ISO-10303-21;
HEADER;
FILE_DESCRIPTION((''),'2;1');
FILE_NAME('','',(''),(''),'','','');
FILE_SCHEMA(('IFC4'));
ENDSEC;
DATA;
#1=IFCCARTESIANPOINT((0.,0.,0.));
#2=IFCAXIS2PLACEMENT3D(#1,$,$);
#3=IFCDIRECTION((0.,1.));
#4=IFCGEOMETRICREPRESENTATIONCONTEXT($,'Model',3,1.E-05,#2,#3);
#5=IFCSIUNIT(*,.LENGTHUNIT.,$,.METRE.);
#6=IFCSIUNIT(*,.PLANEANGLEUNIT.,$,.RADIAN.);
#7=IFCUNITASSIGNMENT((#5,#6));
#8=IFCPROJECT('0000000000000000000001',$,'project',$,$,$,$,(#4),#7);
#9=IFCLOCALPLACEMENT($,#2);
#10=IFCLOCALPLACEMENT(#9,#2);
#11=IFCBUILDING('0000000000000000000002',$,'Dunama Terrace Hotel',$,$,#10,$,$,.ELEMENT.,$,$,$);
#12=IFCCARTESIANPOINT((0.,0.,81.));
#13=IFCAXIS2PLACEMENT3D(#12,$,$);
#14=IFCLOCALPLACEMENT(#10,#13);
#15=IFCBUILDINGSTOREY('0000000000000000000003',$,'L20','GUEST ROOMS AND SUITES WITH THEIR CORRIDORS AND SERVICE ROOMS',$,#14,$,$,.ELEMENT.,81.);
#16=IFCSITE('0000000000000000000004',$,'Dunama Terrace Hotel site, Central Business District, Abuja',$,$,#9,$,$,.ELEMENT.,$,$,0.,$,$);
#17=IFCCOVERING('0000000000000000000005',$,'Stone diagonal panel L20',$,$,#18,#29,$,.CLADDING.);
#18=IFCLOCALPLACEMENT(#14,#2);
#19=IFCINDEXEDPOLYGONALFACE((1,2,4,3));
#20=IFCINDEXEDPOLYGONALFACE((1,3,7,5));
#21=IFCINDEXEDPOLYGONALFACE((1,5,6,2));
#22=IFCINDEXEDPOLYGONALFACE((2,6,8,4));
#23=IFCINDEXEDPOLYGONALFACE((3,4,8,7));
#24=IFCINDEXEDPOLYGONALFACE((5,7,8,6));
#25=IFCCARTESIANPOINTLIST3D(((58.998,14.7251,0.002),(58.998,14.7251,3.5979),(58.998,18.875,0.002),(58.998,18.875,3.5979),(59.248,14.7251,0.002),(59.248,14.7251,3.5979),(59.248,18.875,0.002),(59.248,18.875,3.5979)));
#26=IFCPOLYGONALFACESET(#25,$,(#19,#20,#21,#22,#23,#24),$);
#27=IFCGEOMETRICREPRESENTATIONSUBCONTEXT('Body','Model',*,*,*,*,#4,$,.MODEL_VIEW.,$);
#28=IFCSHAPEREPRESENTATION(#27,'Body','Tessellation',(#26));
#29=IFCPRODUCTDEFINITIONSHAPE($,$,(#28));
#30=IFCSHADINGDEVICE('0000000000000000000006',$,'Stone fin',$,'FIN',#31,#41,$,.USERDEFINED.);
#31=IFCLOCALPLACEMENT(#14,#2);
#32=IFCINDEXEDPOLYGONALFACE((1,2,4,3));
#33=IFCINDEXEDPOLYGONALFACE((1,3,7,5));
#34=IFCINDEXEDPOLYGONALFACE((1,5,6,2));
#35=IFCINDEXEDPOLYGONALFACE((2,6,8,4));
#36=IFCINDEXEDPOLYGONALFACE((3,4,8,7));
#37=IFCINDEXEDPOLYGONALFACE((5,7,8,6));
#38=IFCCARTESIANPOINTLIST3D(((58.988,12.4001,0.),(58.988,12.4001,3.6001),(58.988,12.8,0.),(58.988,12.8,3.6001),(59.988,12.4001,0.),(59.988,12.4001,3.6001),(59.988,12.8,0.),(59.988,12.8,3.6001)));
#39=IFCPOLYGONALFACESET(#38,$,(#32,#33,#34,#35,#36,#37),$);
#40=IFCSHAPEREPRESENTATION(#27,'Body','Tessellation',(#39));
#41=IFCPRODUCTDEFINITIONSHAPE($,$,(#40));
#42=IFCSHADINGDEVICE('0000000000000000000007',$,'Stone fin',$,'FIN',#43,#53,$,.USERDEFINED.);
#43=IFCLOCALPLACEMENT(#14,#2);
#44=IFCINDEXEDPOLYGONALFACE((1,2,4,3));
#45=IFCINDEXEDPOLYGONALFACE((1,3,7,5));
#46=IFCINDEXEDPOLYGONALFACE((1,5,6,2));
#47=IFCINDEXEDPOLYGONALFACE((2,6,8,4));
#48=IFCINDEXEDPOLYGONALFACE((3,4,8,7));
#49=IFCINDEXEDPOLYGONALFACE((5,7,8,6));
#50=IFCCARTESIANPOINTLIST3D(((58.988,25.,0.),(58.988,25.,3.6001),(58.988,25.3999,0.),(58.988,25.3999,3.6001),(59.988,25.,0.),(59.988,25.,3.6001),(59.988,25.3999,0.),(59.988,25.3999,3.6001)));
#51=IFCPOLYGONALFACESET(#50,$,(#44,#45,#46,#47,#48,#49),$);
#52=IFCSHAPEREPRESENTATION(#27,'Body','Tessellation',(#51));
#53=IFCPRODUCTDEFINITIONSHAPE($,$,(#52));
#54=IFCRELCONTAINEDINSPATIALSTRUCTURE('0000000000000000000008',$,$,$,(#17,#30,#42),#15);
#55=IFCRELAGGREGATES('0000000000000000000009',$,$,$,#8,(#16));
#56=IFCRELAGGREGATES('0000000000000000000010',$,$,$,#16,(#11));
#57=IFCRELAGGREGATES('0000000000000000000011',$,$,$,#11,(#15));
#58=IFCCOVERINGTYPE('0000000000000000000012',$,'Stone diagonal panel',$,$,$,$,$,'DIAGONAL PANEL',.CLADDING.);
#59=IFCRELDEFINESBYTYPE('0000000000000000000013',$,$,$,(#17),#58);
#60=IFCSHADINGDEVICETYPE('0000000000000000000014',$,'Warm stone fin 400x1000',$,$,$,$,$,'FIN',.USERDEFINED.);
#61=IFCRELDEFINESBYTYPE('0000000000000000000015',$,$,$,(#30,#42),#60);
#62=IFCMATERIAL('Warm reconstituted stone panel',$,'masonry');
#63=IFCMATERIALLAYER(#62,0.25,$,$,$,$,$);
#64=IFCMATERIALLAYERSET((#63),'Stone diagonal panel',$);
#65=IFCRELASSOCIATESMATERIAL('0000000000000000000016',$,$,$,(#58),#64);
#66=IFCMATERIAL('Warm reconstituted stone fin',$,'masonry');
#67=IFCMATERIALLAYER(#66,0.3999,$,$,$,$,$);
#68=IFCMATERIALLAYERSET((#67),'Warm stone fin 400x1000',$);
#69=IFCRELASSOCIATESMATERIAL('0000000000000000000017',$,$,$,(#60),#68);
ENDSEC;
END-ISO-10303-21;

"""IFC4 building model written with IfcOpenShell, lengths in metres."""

from ifc_helpers import new_model, si_unit, direction, frame, origin, origin_2d, place, context, subcontext, project, spatial, rectangle, extrude, material, layer, layer_set, type_object, element, save


model = new_model("IFC4")

# Units and contexts
model_context = context("Model", 3, precision=1e-05, world=origin(), true_north=direction((0.0, 1.0)))
body_context = subcontext(model_context, "Body", "Model", "MODEL_VIEW")
ifc_project = project(units=[si_unit("LENGTHUNIT", "METRE"), si_unit("PLANEANGLEUNIT", "RADIAN")], contexts=[model_context])

# Site, building, storey
site_placement = place(None, origin())
site = spatial("IfcSite", under=ifc_project, at=site_placement, Name="Dunama Terrace Hotel site, Central Business District, Abuja", CompositionType="ELEMENT", RefElevation=0.0)
building_placement = place(site_placement, origin())
building = spatial("IfcBuilding", under=site, at=building_placement, Name="Dunama Terrace Hotel", CompositionType="ELEMENT")
storey_placement = place(building_placement, frame((0.0, 0.0, 81.0)))
storey = spatial("IfcBuildingStorey", under=building, at=storey_placement, Name="L20", Description="GUEST ROOMS AND SUITES WITH THEIR CORRIDORS AND SERVICE ROOMS", CompositionType="ELEMENT", Elevation=81.0)

# Covering
ifc_material_1 = material(Name="Warm reconstituted stone panel", Category="masonry")
ifc_layer_1 = layer(ifc_material_1, 0.25)
ifc_layer_set_1 = layer_set([ifc_layer_1], Name="Stone diagonal panel")
covering_type = type_object("IfcCoveringType", Name="Stone diagonal panel", ElementType="DIAGONAL PANEL", PredefinedType="CLADDING", material=ifc_layer_set_1)
covering_placement = place(storey_placement, frame((59.123, 16.8, 0.002), z_axis=(0.0, 0.0, 1.0), x_axis=(0.0, 1.0, 0.0)))
element("IfcCovering", 1, at=covering_placement, inside=storey, type_object=covering_type, Name="Stone diagonal panel L20", PredefinedType="CLADDING", context=body_context, shape_type="SweptSolid", body=[
    extrude(rectangle(XDim=4.1499, YDim=0.25, at=origin_2d()), origin(), (0.0, 0.0, 1.0), 3.5959),
])

# Shading devices
ifc_material_2 = material(Name="Warm reconstituted stone fin", Category="masonry")
ifc_layer_2 = layer(ifc_material_2, 0.3999)
ifc_layer_set_2 = layer_set([ifc_layer_2], Name="Warm stone fin 400x1000")
shading_device_type = type_object("IfcShadingDeviceType", Name="Warm stone fin 400x1000", ElementType="FIN", PredefinedType="USERDEFINED", material=ifc_layer_set_2)
for number, where, z_axis, x_axis, name in (
    (2, (59.488, 12.6001, 0.0), (0.0, 0.0, 1.0), (0.0, 1.0, 0.0), "Stone fin"),
    (3, (59.488, 25.2, 0.0), (0.0, 0.0, 1.0), (0.0, 1.0, 0.0), "Stone fin"),
):
    element("IfcShadingDevice", number, at=place(storey_placement, frame(where, z_axis=z_axis, x_axis=x_axis)), inside=storey, type_object=shading_device_type, Name=name, ObjectType="FIN", PredefinedType="USERDEFINED", context=body_context, shape_type="SweptSolid", body=[
        extrude(rectangle(XDim=0.3999, YDim=1.0, at=origin_2d()), origin(), (0.0, 0.0, 1.0), 3.6001),
    ])

save(model, "model.ifc")
